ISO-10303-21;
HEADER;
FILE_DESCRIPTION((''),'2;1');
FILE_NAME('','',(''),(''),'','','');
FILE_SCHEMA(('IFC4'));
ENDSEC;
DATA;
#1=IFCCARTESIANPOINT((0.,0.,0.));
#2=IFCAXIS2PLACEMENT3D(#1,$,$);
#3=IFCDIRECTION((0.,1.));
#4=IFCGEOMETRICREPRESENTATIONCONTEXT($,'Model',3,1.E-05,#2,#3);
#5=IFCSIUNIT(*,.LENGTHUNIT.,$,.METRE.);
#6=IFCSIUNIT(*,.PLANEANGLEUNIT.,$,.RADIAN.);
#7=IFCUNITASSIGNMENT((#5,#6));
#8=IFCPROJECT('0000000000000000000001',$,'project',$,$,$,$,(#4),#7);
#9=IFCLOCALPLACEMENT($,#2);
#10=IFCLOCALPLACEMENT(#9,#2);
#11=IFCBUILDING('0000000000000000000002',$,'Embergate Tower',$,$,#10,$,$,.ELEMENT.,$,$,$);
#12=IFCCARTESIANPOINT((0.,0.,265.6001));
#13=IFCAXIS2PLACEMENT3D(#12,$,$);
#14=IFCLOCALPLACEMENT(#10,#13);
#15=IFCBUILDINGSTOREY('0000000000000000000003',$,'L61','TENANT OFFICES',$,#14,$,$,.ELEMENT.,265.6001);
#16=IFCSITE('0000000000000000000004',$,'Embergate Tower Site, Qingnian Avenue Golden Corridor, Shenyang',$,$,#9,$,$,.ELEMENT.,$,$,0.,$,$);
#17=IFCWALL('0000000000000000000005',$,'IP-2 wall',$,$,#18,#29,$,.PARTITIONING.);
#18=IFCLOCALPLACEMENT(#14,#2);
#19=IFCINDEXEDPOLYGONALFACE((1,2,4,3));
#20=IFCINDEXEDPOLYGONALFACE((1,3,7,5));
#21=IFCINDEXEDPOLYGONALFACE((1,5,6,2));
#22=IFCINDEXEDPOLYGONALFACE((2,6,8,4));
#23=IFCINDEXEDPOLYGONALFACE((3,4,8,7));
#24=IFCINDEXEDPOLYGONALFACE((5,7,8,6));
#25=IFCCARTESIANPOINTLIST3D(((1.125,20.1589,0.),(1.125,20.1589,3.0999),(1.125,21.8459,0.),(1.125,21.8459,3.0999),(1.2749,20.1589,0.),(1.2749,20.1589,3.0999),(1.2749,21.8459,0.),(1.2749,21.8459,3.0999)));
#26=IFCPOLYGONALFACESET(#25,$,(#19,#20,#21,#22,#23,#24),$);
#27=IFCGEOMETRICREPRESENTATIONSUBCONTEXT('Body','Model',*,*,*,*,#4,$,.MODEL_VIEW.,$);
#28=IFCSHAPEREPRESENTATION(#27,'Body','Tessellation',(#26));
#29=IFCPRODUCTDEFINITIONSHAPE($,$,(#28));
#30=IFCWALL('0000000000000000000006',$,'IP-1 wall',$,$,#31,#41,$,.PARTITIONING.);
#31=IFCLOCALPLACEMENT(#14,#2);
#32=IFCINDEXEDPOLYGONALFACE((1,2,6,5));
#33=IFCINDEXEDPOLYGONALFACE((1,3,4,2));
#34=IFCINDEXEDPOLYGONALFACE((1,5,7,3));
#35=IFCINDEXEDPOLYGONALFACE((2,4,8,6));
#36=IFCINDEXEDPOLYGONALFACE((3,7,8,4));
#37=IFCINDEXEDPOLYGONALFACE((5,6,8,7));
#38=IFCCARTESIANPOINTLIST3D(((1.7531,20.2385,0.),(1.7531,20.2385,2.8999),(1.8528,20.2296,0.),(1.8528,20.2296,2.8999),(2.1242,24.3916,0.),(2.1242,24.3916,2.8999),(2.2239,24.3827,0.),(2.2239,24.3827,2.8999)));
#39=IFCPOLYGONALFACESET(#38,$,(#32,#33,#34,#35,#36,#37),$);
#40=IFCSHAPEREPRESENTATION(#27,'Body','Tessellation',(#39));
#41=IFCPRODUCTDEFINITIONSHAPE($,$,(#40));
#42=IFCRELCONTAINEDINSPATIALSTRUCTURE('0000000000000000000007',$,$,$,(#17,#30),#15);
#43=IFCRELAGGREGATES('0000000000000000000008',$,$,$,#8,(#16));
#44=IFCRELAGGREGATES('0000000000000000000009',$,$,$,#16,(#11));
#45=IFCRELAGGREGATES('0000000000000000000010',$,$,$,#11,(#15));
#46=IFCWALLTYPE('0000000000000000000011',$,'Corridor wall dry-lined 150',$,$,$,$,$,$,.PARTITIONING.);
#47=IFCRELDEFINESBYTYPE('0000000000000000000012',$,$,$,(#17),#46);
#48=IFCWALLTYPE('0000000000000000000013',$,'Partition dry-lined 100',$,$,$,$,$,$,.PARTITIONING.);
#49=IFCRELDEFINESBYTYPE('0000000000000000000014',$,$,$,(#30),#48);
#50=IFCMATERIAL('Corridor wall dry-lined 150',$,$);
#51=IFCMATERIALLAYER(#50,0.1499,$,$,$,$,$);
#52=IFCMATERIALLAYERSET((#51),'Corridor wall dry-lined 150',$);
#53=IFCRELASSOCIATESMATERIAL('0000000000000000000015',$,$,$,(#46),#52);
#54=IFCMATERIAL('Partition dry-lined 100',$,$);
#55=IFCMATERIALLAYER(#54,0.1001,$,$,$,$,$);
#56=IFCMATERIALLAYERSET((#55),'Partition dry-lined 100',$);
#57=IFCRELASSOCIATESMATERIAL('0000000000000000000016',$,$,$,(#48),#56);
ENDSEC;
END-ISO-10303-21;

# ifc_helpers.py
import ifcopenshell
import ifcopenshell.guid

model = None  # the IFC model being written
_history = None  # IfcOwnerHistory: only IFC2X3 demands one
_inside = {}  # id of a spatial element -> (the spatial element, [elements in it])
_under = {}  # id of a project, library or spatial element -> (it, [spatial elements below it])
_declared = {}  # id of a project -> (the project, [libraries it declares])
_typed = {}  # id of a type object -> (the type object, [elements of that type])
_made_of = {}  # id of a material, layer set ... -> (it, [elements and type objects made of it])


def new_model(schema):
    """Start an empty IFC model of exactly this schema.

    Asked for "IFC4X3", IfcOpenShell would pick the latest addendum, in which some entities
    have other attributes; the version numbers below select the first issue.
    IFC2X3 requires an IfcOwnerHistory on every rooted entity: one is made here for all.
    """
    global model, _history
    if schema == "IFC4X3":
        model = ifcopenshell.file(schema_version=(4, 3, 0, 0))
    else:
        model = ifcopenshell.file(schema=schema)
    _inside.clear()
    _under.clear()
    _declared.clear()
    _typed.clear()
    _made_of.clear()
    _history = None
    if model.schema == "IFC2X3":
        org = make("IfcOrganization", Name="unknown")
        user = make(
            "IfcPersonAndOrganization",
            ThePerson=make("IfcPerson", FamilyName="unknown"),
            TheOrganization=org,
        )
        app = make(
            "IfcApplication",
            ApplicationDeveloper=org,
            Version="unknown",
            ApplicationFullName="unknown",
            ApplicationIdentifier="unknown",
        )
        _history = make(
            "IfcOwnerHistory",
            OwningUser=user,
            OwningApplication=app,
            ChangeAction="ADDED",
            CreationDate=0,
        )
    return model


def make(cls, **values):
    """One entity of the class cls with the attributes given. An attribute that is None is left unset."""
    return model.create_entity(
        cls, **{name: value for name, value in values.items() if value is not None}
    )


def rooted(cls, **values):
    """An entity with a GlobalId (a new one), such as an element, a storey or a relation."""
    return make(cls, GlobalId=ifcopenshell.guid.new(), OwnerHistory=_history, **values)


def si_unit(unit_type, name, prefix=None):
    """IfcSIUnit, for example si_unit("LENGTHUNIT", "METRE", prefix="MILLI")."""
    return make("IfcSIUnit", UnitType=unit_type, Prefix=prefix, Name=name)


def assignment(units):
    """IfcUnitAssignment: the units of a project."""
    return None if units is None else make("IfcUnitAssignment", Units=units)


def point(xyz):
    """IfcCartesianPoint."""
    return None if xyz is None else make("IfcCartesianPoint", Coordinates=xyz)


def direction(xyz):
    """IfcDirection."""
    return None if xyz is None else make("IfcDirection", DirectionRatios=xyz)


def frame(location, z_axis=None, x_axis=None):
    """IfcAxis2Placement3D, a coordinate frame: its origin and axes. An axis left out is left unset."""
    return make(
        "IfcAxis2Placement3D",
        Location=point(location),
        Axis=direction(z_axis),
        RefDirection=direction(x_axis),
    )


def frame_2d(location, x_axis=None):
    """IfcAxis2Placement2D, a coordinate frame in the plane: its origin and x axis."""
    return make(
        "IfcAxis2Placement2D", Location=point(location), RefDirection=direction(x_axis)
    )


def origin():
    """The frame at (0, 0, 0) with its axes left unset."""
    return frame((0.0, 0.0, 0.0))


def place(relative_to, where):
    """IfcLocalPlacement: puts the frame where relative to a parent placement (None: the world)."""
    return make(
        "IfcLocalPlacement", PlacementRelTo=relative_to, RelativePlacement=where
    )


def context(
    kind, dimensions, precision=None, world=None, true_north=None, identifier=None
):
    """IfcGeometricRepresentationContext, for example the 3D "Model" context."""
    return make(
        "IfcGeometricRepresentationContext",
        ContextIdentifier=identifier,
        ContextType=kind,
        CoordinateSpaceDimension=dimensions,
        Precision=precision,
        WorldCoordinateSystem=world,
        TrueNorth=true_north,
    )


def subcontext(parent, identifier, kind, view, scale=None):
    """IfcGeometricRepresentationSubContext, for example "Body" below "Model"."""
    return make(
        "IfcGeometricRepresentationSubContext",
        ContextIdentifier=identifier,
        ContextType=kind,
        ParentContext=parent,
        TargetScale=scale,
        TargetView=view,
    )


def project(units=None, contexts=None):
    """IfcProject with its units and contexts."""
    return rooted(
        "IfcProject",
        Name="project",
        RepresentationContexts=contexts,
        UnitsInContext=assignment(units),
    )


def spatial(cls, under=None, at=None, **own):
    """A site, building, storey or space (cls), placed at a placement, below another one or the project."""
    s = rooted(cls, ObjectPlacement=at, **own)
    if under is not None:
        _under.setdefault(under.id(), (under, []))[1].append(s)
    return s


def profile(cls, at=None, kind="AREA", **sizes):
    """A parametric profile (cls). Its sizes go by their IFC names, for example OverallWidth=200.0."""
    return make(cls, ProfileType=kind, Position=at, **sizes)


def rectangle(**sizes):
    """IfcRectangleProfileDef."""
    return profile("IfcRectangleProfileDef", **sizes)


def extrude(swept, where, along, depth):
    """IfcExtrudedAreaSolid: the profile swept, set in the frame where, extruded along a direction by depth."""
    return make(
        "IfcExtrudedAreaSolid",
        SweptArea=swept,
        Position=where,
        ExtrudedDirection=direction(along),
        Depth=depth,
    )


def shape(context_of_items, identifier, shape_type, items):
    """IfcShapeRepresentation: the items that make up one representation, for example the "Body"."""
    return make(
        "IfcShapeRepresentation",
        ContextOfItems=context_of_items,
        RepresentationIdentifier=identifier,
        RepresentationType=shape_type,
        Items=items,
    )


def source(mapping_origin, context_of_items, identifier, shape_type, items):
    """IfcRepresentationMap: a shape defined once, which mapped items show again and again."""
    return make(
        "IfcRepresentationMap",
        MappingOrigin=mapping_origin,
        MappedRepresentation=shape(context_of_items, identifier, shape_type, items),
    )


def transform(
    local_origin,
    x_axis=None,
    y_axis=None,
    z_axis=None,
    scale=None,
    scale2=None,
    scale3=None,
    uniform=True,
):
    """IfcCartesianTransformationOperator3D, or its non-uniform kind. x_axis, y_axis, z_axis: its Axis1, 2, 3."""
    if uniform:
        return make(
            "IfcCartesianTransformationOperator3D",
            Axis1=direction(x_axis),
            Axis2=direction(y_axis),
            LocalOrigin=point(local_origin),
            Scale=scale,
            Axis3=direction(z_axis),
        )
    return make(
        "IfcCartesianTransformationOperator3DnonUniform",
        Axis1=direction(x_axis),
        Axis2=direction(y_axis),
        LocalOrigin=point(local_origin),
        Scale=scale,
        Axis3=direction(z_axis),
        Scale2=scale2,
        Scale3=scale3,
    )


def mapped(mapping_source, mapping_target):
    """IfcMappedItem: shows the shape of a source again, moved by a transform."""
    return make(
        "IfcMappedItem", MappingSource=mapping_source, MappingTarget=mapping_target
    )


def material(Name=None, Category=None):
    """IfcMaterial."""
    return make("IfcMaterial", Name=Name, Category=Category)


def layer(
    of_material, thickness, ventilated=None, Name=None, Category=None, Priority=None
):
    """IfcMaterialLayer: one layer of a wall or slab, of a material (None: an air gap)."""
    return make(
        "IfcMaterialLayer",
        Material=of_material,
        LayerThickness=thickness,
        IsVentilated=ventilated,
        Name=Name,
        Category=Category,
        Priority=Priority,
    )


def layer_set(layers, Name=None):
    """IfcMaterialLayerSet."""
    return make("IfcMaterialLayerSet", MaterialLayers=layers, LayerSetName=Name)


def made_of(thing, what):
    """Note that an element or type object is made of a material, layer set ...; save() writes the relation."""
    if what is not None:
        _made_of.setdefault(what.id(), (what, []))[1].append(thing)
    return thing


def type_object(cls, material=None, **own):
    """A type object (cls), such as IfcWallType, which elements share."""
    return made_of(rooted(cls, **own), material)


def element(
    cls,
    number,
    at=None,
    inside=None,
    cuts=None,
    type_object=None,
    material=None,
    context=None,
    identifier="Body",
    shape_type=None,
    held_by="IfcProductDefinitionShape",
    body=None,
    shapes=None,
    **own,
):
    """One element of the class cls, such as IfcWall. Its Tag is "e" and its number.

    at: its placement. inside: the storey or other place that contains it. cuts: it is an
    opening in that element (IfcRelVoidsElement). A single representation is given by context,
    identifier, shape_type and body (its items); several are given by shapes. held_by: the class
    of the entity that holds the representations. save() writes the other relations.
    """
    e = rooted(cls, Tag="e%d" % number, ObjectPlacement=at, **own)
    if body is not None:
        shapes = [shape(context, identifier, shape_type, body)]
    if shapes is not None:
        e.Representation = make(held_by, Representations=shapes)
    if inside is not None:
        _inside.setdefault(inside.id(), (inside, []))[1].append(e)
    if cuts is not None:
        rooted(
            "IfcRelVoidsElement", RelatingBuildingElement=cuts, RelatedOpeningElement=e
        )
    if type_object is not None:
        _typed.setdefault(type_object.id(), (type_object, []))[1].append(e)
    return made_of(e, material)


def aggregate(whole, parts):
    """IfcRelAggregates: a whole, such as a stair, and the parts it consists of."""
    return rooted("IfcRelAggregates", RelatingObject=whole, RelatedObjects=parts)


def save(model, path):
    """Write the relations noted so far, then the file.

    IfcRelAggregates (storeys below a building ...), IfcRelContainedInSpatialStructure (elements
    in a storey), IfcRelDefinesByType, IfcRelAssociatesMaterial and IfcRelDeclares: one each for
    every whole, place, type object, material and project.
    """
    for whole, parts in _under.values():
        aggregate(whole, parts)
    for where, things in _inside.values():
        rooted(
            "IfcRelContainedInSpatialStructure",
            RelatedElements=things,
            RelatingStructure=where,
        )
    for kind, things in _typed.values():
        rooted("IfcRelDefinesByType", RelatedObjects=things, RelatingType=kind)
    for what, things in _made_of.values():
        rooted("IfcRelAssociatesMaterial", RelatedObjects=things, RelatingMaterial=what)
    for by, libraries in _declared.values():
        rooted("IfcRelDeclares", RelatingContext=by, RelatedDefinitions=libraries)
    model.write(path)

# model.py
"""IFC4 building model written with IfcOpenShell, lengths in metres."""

from ifc_helpers import new_model, si_unit, direction, frame, frame_2d, origin, place, context, subcontext, project, spatial, rectangle, extrude, source, transform, mapped, material, layer, layer_set, type_object, element, save


model = new_model("IFC4")

# Units and contexts
model_context = context("Model", 3, precision=1e-05, world=origin(), true_north=direction((0.0, 1.0)))
body_context = subcontext(model_context, "Body", "Model", "MODEL_VIEW")
ifc_project = project(units=[si_unit("LENGTHUNIT", "METRE"), si_unit("PLANEANGLEUNIT", "RADIAN")], contexts=[model_context])

# Site, building, storey
site_placement = place(None, origin())
site = spatial("IfcSite", under=ifc_project, at=site_placement, Name="Embergate Tower Site, Qingnian Avenue Golden Corridor, Shenyang", CompositionType="ELEMENT", RefElevation=0.0)
building_placement = place(site_placement, origin())
building = spatial("IfcBuilding", under=site, at=building_placement, Name="Embergate Tower", CompositionType="ELEMENT")
storey_placement = place(building_placement, frame((0.0, 0.0, 265.6001)))
storey = spatial("IfcBuildingStorey", under=building, at=storey_placement, Name="L61", Description="TENANT OFFICES", CompositionType="ELEMENT", Elevation=265.6001)

# Shared definitions
ifc_material_1 = material(Name="Corridor wall dry-lined 150")
ifc_layer_1 = layer(ifc_material_1, 0.1499)
ifc_layer_set_1 = layer_set([ifc_layer_1], Name="Corridor wall dry-lined 150")
wall_type_1 = type_object("IfcWallType", Name="Corridor wall dry-lined 150", PredefinedType="PARTITIONING", material=ifc_layer_set_1)

# Walls
shared_shape_1 = source(origin(), body_context, "Body", "SweptSolid", [
    extrude(rectangle(XDim=1.687, YDim=0.1499, at=frame_2d((0.8435, 0.0))), origin(), (0.0, 0.0, 1.0), 3.0999),
])
wall_1_placement = place(storey_placement, frame((1.2, 21.8459, 0.0), z_axis=(0.0, 0.0, 1.0), x_axis=(0.0, -1.0, 0.0)))
element("IfcWall", 1, at=wall_1_placement, inside=storey, type_object=wall_type_1, Name="IP-2 wall", PredefinedType="PARTITIONING", context=body_context, shape_type="MappedRepresentation", body=[
    mapped(shared_shape_1, transform((0.0, 0.0, 0.0))),
])
ifc_material_2 = material(Name="Partition dry-lined 100")
ifc_layer_2 = layer(ifc_material_2, 0.1001)
ifc_layer_set_2 = layer_set([ifc_layer_2], Name="Partition dry-lined 100")
wall_type_2 = type_object("IfcWallType", Name="Partition dry-lined 100", PredefinedType="PARTITIONING", material=ifc_layer_set_2)
shared_shape_2 = source(origin(), body_context, "Body", "SweptSolid", [
    extrude(rectangle(XDim=4.1697, YDim=0.1001, at=frame_2d((2.085, 0.0))), origin(), (0.0, 0.0, 1.0), 2.8999),
])
wall_2_placement = place(storey_placement, frame((1.803, 20.2339, 0.0), z_axis=(0.0, 0.0, 1.0), x_axis=(0.088999, 0.996032, 0.0)))
element("IfcWall", 2, at=wall_2_placement, inside=storey, type_object=wall_type_2, Name="IP-1 wall", PredefinedType="PARTITIONING", context=body_context, shape_type="MappedRepresentation", body=[
    mapped(shared_shape_2, transform((0.0, 0.0, 0.0))),
])

save(model, "model.ifc")
